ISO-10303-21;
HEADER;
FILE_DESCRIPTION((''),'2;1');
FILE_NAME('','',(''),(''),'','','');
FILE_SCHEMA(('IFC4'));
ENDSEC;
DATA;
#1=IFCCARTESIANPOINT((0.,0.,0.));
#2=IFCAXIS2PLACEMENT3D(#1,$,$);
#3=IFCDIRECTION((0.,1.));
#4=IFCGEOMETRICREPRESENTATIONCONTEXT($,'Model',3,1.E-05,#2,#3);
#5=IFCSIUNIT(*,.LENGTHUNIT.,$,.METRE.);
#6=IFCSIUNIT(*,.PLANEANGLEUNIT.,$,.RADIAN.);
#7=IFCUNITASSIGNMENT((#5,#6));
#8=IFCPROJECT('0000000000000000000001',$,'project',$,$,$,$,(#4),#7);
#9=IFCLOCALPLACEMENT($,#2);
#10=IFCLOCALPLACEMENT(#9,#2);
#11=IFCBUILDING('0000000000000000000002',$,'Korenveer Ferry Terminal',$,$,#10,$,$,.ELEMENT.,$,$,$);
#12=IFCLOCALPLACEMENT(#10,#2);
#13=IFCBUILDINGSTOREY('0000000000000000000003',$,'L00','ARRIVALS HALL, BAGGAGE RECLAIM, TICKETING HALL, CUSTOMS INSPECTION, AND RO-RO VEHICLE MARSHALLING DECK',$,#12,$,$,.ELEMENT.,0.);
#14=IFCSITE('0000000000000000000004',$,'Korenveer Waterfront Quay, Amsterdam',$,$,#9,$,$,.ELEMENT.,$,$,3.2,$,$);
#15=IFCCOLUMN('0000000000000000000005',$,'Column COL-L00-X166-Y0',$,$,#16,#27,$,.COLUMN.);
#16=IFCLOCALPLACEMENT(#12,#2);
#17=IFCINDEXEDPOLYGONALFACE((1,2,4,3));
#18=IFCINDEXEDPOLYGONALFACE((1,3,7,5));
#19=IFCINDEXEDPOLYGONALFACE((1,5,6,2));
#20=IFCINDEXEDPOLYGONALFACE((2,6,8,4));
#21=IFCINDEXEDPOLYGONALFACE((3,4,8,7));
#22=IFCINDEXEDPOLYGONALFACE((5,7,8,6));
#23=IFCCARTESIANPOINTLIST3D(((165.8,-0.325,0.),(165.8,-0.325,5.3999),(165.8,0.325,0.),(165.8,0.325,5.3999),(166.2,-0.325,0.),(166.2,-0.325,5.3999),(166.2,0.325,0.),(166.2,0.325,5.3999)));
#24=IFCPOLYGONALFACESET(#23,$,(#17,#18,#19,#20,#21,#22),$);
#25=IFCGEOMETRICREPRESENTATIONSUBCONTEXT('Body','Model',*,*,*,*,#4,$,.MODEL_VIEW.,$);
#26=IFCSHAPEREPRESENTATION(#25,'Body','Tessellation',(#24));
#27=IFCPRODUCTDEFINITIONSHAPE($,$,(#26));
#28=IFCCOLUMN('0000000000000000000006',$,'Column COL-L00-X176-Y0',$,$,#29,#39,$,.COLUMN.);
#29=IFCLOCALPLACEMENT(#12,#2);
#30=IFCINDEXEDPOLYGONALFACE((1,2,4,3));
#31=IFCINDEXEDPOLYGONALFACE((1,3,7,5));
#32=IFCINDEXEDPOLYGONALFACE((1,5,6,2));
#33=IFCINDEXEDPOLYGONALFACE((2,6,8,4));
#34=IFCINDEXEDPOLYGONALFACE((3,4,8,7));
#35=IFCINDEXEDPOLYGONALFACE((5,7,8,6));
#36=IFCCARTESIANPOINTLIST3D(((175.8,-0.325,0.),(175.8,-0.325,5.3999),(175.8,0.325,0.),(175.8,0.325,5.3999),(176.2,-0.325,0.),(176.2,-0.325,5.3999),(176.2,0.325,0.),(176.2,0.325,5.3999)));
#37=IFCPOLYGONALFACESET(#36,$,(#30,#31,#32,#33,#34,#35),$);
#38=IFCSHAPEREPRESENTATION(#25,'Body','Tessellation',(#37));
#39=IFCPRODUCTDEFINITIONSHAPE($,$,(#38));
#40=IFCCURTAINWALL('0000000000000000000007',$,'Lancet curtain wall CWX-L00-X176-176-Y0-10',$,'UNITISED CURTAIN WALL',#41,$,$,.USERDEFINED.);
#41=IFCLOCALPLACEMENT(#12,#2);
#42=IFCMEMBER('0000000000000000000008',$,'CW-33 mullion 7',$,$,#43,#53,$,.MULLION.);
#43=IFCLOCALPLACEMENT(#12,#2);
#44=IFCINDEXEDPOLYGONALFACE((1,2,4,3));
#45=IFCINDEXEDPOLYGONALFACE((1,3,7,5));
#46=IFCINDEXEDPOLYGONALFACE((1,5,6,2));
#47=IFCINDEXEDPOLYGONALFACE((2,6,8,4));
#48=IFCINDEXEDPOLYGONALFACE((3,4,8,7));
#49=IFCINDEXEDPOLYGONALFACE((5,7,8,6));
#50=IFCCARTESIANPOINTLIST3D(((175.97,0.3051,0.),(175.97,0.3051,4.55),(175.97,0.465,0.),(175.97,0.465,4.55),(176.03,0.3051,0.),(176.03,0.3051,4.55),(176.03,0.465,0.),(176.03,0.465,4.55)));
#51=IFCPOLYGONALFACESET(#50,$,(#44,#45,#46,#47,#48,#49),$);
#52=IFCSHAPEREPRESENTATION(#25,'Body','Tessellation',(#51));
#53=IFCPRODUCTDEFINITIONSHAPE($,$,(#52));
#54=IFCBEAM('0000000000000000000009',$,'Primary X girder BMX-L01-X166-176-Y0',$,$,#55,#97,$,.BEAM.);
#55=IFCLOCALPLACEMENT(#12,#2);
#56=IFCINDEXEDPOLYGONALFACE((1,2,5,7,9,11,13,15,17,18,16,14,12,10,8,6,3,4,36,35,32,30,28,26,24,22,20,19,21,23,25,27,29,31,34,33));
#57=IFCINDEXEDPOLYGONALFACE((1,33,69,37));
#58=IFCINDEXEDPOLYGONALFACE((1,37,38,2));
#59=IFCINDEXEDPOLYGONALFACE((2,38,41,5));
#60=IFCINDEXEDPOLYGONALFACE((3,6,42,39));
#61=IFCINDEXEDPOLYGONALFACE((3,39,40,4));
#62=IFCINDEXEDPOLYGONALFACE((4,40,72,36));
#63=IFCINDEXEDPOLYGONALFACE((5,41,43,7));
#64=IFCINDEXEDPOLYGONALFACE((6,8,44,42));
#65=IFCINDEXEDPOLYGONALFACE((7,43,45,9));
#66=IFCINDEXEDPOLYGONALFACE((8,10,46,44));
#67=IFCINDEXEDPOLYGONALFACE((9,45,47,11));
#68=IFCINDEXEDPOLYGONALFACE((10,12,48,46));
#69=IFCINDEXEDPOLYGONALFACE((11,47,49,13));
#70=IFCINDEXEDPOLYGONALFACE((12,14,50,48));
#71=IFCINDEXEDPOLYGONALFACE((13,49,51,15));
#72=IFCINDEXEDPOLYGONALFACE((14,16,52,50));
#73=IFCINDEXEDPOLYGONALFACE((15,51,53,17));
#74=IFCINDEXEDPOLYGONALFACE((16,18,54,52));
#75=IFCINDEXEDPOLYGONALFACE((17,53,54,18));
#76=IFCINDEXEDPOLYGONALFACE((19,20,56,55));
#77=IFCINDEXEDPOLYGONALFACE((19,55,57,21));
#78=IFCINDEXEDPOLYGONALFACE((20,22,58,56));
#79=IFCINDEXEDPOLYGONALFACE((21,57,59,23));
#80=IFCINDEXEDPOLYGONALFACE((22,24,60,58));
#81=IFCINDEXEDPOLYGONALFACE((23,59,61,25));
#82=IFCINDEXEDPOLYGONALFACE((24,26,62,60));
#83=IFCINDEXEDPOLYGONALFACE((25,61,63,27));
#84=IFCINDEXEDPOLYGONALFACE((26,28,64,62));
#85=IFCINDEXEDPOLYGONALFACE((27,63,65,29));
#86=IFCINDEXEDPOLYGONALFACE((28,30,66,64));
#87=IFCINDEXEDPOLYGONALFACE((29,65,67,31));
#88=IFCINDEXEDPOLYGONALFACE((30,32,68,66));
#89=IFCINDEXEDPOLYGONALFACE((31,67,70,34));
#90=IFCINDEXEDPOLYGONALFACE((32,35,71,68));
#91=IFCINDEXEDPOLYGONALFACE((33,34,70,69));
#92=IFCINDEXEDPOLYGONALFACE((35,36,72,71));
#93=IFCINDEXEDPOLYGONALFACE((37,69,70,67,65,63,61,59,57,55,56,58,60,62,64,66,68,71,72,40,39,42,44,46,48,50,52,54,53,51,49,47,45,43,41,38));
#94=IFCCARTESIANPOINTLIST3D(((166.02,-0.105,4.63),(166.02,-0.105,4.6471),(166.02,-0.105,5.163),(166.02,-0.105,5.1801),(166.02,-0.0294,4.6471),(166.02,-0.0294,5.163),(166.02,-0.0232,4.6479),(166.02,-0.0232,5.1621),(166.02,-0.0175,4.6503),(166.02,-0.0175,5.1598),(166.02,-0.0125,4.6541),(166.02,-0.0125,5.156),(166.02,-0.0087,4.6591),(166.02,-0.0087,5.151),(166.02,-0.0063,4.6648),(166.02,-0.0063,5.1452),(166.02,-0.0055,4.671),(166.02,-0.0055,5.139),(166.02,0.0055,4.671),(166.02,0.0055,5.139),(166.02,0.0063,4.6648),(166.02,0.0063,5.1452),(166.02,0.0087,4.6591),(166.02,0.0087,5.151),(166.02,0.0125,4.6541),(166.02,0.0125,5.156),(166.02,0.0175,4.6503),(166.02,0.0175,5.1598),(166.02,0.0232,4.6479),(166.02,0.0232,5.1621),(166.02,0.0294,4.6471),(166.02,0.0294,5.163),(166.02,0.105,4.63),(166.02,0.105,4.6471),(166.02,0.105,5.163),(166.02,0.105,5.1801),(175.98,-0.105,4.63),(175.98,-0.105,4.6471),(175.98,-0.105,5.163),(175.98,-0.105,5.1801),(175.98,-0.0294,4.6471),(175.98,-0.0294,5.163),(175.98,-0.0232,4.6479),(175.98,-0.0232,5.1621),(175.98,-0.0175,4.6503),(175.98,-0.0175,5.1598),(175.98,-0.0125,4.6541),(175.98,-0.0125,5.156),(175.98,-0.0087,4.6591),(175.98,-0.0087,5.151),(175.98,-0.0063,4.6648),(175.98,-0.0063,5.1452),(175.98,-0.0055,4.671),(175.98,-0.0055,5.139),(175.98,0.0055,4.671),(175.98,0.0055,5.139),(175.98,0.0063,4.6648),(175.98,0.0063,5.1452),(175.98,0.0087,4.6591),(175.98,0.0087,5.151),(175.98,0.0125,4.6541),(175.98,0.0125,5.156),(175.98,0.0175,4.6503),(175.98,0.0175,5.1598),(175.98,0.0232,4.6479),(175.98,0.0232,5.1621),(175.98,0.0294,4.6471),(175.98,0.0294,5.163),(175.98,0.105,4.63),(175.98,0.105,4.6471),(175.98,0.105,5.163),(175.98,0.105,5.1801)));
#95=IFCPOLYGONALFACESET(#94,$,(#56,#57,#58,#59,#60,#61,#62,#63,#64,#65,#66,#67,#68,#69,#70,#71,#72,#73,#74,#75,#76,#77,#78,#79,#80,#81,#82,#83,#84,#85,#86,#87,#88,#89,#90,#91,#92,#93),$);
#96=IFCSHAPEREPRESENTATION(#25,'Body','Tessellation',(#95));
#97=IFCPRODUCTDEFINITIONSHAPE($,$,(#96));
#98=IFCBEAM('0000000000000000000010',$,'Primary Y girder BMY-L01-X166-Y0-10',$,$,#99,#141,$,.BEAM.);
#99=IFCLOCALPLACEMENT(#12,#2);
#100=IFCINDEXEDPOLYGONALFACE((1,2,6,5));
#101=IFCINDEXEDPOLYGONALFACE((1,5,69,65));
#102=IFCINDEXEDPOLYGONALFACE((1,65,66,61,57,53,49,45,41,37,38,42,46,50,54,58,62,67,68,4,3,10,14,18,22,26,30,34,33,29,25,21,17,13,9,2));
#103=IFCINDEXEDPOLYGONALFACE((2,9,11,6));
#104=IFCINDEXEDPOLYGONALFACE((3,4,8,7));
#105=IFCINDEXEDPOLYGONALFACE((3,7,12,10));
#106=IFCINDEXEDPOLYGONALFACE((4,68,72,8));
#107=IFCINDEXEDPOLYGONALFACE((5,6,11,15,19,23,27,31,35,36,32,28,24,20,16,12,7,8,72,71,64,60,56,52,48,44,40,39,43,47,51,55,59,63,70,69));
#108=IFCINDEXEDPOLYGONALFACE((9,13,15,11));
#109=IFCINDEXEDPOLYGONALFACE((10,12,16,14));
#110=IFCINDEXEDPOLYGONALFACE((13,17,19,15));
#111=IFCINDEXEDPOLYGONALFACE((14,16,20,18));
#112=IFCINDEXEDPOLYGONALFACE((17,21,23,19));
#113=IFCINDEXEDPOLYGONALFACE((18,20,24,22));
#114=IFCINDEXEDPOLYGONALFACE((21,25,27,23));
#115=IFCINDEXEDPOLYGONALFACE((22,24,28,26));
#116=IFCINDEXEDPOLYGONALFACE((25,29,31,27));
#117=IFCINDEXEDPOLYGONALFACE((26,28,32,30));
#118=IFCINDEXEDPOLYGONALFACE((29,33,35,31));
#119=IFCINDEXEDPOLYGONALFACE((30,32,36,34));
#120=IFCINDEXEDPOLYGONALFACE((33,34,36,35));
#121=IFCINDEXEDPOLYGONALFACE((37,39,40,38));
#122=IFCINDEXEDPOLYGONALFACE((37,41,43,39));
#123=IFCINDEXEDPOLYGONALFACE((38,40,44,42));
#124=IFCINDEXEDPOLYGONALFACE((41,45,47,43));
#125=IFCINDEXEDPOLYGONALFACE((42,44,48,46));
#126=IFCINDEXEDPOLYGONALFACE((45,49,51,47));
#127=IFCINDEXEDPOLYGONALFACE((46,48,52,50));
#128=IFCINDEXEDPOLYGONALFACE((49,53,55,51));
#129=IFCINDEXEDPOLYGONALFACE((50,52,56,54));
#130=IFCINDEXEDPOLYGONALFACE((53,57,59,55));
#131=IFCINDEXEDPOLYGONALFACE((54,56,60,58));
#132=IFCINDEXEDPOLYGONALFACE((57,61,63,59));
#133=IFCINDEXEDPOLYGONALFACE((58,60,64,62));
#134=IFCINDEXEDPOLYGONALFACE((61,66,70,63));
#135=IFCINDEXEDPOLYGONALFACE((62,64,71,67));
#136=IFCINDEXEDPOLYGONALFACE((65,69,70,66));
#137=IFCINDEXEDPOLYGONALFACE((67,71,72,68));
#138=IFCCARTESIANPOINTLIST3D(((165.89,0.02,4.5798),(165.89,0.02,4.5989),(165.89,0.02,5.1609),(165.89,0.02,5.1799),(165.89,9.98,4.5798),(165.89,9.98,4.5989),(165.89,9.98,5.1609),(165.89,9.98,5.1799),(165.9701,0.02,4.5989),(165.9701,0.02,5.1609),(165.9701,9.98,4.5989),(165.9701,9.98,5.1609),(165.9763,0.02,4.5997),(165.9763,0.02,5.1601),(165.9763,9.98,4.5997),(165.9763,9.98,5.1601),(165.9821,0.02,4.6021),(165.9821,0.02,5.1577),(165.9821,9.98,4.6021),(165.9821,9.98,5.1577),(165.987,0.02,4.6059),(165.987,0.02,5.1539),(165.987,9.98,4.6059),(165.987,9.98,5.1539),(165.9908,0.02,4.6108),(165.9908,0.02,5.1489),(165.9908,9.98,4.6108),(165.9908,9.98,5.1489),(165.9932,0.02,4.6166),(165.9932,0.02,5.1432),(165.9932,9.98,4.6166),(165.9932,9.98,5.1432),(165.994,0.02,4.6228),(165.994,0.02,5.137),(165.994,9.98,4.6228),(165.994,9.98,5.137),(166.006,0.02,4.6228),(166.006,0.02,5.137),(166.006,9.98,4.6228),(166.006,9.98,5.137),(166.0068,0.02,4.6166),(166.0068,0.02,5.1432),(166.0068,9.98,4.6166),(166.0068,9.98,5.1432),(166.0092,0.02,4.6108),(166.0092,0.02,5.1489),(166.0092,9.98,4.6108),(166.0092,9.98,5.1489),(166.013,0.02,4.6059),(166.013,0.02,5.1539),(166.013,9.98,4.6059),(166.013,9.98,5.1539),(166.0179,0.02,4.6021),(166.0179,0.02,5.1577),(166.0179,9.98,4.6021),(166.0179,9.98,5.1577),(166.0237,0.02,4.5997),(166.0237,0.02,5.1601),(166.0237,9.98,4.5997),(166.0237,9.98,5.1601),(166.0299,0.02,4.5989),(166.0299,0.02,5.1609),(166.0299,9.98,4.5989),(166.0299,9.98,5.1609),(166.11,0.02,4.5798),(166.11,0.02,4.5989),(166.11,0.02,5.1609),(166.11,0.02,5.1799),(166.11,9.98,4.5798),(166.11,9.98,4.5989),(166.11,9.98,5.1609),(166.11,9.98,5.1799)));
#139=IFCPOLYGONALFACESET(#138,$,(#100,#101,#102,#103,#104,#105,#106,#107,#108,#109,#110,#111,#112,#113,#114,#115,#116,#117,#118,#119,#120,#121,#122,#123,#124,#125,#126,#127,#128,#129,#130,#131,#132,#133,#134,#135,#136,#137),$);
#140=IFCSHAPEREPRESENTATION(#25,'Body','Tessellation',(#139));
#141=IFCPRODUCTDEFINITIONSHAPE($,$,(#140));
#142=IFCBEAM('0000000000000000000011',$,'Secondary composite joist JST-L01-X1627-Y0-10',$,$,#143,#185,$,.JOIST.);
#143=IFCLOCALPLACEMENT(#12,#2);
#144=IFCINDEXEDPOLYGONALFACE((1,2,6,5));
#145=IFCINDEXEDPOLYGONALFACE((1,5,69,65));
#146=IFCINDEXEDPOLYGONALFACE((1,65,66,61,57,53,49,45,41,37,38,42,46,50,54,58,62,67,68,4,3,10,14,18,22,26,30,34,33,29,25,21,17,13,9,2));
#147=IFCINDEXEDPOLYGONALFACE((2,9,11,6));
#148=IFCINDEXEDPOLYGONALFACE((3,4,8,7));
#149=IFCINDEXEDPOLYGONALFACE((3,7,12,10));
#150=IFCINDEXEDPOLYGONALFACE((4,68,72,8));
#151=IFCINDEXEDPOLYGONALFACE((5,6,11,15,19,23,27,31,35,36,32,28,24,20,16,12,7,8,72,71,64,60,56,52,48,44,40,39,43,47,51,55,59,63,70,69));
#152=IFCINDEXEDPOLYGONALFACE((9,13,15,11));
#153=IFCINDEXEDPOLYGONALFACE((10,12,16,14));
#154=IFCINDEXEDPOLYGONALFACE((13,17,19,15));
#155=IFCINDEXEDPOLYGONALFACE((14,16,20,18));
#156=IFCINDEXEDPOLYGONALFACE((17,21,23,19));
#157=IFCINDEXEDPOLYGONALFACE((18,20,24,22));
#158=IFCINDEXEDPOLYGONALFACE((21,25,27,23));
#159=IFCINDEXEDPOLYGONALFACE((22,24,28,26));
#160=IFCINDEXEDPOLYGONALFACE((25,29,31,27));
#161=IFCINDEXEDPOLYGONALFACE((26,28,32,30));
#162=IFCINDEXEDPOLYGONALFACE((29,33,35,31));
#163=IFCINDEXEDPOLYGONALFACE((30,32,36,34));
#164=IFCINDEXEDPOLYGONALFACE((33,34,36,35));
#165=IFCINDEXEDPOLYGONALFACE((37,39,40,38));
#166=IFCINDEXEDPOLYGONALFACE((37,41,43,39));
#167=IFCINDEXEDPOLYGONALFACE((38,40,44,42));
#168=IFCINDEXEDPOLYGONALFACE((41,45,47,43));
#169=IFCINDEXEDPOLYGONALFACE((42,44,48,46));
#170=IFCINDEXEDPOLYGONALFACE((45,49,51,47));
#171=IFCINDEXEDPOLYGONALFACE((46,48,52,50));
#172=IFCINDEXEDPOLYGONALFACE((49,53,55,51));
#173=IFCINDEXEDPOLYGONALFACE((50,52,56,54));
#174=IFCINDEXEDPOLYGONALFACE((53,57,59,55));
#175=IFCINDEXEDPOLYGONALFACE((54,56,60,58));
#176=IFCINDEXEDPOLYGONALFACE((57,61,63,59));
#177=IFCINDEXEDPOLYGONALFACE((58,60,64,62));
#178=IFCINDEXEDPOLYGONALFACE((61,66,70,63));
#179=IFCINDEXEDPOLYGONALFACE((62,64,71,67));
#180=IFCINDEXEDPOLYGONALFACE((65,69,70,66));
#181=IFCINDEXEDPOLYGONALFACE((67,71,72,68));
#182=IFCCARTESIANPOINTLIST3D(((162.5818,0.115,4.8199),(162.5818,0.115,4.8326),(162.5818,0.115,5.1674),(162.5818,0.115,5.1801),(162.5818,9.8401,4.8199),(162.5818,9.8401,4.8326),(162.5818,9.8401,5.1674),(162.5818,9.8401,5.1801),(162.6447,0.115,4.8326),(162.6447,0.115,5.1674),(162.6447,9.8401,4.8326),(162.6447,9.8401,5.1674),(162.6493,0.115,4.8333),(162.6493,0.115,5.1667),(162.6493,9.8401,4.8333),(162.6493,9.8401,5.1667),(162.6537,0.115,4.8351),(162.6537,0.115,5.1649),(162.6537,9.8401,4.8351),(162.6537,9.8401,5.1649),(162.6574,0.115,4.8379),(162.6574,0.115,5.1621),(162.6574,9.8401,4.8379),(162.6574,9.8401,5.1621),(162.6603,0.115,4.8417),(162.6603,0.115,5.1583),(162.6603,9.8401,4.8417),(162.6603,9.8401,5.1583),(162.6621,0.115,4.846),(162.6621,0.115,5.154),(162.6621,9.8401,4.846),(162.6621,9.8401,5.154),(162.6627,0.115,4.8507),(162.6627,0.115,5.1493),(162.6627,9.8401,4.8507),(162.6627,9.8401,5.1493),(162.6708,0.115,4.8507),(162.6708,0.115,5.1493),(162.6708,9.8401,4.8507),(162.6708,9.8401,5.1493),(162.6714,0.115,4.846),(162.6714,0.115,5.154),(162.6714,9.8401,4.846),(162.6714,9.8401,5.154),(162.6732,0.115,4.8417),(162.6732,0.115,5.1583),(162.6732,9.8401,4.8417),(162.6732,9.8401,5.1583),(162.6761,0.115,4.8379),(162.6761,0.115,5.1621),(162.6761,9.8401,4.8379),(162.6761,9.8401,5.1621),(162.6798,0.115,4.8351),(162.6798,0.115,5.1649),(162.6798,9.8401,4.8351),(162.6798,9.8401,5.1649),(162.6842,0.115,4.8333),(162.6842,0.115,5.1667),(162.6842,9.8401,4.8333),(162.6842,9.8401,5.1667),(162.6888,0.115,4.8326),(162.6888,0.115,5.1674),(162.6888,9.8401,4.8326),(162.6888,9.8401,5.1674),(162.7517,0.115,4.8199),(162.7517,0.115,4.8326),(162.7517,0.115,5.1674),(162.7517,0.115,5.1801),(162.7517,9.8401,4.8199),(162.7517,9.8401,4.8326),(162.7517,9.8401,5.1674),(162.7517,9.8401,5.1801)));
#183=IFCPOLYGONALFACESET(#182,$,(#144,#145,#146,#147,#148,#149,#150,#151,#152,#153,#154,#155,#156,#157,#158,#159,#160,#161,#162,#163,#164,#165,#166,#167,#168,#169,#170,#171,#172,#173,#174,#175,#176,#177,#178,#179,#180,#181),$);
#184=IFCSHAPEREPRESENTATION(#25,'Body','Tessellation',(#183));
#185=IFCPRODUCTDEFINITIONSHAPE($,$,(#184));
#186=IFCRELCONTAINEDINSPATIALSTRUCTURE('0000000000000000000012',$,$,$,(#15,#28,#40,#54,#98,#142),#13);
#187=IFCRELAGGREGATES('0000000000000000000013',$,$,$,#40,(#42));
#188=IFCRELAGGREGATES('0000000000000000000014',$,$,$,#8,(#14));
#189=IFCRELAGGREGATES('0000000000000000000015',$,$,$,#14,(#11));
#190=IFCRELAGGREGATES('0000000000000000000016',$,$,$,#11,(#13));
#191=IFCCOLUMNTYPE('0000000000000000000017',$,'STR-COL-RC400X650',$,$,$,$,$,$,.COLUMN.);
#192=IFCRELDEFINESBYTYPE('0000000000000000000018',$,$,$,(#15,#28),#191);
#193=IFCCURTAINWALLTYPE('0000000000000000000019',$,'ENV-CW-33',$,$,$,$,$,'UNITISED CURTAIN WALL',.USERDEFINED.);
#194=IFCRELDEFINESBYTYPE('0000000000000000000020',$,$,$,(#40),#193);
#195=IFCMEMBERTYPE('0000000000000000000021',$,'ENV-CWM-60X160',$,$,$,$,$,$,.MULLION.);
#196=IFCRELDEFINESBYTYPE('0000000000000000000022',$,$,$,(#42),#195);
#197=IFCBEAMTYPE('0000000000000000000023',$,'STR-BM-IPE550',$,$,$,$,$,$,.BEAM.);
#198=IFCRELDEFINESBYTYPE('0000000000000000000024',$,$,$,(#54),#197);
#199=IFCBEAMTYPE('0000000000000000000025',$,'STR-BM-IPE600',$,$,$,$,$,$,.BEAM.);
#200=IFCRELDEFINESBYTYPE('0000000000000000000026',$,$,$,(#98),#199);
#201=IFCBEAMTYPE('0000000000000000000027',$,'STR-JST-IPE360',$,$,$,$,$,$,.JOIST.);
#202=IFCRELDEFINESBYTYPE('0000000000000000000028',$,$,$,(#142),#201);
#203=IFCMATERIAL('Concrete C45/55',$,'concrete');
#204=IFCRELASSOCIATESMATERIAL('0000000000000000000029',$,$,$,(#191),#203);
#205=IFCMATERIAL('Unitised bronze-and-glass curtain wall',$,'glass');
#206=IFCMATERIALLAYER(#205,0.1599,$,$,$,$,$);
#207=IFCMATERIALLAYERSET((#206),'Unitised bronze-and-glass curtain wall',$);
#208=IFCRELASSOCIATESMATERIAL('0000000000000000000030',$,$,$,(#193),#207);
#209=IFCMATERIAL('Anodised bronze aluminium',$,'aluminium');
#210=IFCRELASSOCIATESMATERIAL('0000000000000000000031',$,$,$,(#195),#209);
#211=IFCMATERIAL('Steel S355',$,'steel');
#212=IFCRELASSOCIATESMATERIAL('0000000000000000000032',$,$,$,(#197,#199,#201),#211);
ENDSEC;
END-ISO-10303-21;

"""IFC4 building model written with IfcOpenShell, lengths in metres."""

from ifc_helpers import new_model, si_unit, direction, frame, origin, origin_2d, place, context, subcontext, project, spatial, rectangle, i_section, extrude, material, layer, layer_set, material_profile, profile_set, type_object, element, aggregate, save


model = new_model("IFC4")

# Units and contexts
model_context = context("Model", 3, precision=1e-05, world=origin(), true_north=direction((0.0, 1.0)))
body_context = subcontext(model_context, "Body", "Model", "MODEL_VIEW")
ifc_project = project(units=[si_unit("LENGTHUNIT", "METRE"), si_unit("PLANEANGLEUNIT", "RADIAN")], contexts=[model_context])

# Site, building, storey
site_placement = place(None, origin())
site = spatial("IfcSite", under=ifc_project, at=site_placement, Name="Korenveer Waterfront Quay, Amsterdam", CompositionType="ELEMENT", RefElevation=3.2)
building_placement = place(site_placement, origin())
building = spatial("IfcBuilding", under=site, at=building_placement, Name="Korenveer Ferry Terminal", CompositionType="ELEMENT")
storey_placement = place(building_placement, origin())
storey = spatial("IfcBuildingStorey", under=building, at=storey_placement, Name="L00", Description="ARRIVALS HALL, BAGGAGE RECLAIM, TICKETING HALL, CUSTOMS INSPECTION, AND RO-RO VEHICLE MARSHALLING DECK", CompositionType="ELEMENT", Elevation=0.0)

# Shared definitions
ifc_material_1 = material(Name="Concrete C45/55", Category="concrete")

# Columns
ifc_material_profile_1 = material_profile(ifc_material_1, rectangle(XDim=0.3999, YDim=0.6499, at=origin_2d()), Name="RC 400x650")
ifc_profile_set_1 = profile_set([ifc_material_profile_1], Name="Concrete C45/55")
column_type = type_object("IfcColumnType", Name="STR-COL-RC400X650", PredefinedType="COLUMN", material=ifc_profile_set_1)
for number, where, z_axis, x_axis, name in (
    (1, (166.0, 0.0, 0.0), (0.0, 0.0, 1.0), (1.0, 0.0, 0.0), "Column COL-L00-X166-Y0"),
    (2, (176.0, 0.0, 0.0), (0.0, 0.0, 1.0), (1.0, 0.0, 0.0), "Column COL-L00-X176-Y0"),
):
    element("IfcColumn", number, at=place(storey_placement, frame(where, z_axis=z_axis, x_axis=x_axis)), inside=storey, type_object=column_type, Name=name, PredefinedType="COLUMN", context=body_context, shape_type="SweptSolid", body=[
        extrude(rectangle(XDim=0.3999, YDim=0.6499, at=origin_2d()), origin(), (0.0, 0.0, 1.0), 5.3999),
    ])

# Curtain wall, member
ifc_material_2 = material(Name="Unitised bronze-and-glass curtain wall", Category="glass")
ifc_layer_1 = layer(ifc_material_2, 0.1599)
ifc_layer_set_1 = layer_set([ifc_layer_1], Name="Unitised bronze-and-glass curtain wall")
curtain_wall_type = type_object("IfcCurtainWallType", Name="ENV-CW-33", ElementType="UNITISED CURTAIN WALL", PredefinedType="USERDEFINED", material=ifc_layer_set_1)
curtain_wall_placement = place(storey_placement, frame((176.0, 9.645, 0.0)))
curtain_wall = element("IfcCurtainWall", 3, at=curtain_wall_placement, inside=storey, type_object=curtain_wall_type, Name="Lancet curtain wall CWX-L00-X176-176-Y0-10", ObjectType="UNITISED CURTAIN WALL", PredefinedType="USERDEFINED")
ifc_material_3 = material(Name="Anodised bronze aluminium", Category="aluminium")
ifc_material_profile_2 = material_profile(ifc_material_3, rectangle(XDim=0.0601, YDim=0.1599, at=origin_2d()), Name="ALU 60x160")
ifc_profile_set_2 = profile_set([ifc_material_profile_2], Name="Anodised bronze aluminium")
member_type = type_object("IfcMemberType", Name="ENV-CWM-60X160", PredefinedType="MULLION", material=ifc_profile_set_2)
member_placement = place(storey_placement, frame((176.0, 0.385, 0.0), z_axis=(0.0, 0.0, 1.0), x_axis=(1.0, 0.0, 0.0)))
member = element("IfcMember", 4, at=member_placement, type_object=member_type, Name="CW-33 mullion 7", PredefinedType="MULLION", context=body_context, shape_type="SweptSolid", body=[
    extrude(rectangle(XDim=0.0601, YDim=0.1599, at=origin_2d()), origin(), (0.0, 0.0, 1.0), 4.55),
])

# Beams
ifc_material_4 = material(Name="Steel S355", Category="steel")
ifc_material_profile_3 = material_profile(ifc_material_4, i_section(OverallWidth=0.21, OverallDepth=0.55, WebThickness=0.011, FlangeThickness=0.0171, FilletRadius=0.0239, at=origin_2d()), Name="IPE 550")
ifc_profile_set_3 = profile_set([ifc_material_profile_3], Name="Steel S355")
beam_type_1 = type_object("IfcBeamType", Name="STR-BM-IPE550", PredefinedType="BEAM", material=ifc_profile_set_3)
beam_1_placement = place(storey_placement, frame((166.02, 0.0, 4.905), z_axis=(1.0, 0.0, 0.0), x_axis=(0.0, 1.0, 0.0)))
element("IfcBeam", 5, at=beam_1_placement, inside=storey, type_object=beam_type_1, Name="Primary X girder BMX-L01-X166-176-Y0", PredefinedType="BEAM", context=body_context, shape_type="SweptSolid", body=[
    extrude(i_section(OverallWidth=0.21, OverallDepth=0.55, WebThickness=0.011, FlangeThickness=0.0171, FilletRadius=0.0239, at=origin_2d()), origin(), (0.0, 0.0, 1.0), 9.96),
])
ifc_material_profile_4 = material_profile(ifc_material_4, i_section(OverallWidth=0.22, OverallDepth=0.6001, WebThickness=0.012, FlangeThickness=0.019, FilletRadius=0.0239, at=origin_2d()), Name="IPE 600")
ifc_profile_set_4 = profile_set([ifc_material_profile_4], Name="Steel S355")
beam_type_2 = type_object("IfcBeamType", Name="STR-BM-IPE600", PredefinedType="BEAM", material=ifc_profile_set_4)
beam_2_placement = place(storey_placement, frame((166.0, 0.02, 4.8799), z_axis=(0.0, 1.0, 0.0), x_axis=(-1.0, 0.0, 0.0)))
element("IfcBeam", 6, at=beam_2_placement, inside=storey, type_object=beam_type_2, Name="Primary Y girder BMY-L01-X166-Y0-10", PredefinedType="BEAM", context=body_context, shape_type="SweptSolid", body=[
    extrude(i_section(OverallWidth=0.22, OverallDepth=0.6001, WebThickness=0.012, FlangeThickness=0.019, FilletRadius=0.0239, at=origin_2d()), origin(), (0.0, 0.0, 1.0), 9.96),
])
ifc_material_profile_5 = material_profile(ifc_material_4, i_section(OverallWidth=0.1699, OverallDepth=0.3601, WebThickness=0.0081, FlangeThickness=0.0127, FilletRadius=0.0181, at=origin_2d()), Name="IPE 360")
ifc_profile_set_5 = profile_set([ifc_material_profile_5], Name="Steel S355")
beam_type_3 = type_object("IfcBeamType", Name="STR-JST-IPE360", PredefinedType="JOIST", material=ifc_profile_set_5)
for number, where, z_axis, x_axis, name in (
    (7, (162.6667, 0.115, 5.0), (0.0, 1.0, 0.0), (-1.0, 0.0, 0.0), "Secondary composite joist JST-L01-X1627-Y0-10"),
):
    element("IfcBeam", number, at=place(storey_placement, frame(where, z_axis=z_axis, x_axis=x_axis)), inside=storey, type_object=beam_type_3, Name=name, PredefinedType="JOIST", context=body_context, shape_type="SweptSolid", body=[
        extrude(i_section(OverallWidth=0.1699, OverallDepth=0.3601, WebThickness=0.0081, FlangeThickness=0.0127, FilletRadius=0.0181, at=origin_2d()), origin(), (0.0, 0.0, 1.0), 9.7251),
    ])

aggregate(curtain_wall, [member])

save(model, "model.ifc")
